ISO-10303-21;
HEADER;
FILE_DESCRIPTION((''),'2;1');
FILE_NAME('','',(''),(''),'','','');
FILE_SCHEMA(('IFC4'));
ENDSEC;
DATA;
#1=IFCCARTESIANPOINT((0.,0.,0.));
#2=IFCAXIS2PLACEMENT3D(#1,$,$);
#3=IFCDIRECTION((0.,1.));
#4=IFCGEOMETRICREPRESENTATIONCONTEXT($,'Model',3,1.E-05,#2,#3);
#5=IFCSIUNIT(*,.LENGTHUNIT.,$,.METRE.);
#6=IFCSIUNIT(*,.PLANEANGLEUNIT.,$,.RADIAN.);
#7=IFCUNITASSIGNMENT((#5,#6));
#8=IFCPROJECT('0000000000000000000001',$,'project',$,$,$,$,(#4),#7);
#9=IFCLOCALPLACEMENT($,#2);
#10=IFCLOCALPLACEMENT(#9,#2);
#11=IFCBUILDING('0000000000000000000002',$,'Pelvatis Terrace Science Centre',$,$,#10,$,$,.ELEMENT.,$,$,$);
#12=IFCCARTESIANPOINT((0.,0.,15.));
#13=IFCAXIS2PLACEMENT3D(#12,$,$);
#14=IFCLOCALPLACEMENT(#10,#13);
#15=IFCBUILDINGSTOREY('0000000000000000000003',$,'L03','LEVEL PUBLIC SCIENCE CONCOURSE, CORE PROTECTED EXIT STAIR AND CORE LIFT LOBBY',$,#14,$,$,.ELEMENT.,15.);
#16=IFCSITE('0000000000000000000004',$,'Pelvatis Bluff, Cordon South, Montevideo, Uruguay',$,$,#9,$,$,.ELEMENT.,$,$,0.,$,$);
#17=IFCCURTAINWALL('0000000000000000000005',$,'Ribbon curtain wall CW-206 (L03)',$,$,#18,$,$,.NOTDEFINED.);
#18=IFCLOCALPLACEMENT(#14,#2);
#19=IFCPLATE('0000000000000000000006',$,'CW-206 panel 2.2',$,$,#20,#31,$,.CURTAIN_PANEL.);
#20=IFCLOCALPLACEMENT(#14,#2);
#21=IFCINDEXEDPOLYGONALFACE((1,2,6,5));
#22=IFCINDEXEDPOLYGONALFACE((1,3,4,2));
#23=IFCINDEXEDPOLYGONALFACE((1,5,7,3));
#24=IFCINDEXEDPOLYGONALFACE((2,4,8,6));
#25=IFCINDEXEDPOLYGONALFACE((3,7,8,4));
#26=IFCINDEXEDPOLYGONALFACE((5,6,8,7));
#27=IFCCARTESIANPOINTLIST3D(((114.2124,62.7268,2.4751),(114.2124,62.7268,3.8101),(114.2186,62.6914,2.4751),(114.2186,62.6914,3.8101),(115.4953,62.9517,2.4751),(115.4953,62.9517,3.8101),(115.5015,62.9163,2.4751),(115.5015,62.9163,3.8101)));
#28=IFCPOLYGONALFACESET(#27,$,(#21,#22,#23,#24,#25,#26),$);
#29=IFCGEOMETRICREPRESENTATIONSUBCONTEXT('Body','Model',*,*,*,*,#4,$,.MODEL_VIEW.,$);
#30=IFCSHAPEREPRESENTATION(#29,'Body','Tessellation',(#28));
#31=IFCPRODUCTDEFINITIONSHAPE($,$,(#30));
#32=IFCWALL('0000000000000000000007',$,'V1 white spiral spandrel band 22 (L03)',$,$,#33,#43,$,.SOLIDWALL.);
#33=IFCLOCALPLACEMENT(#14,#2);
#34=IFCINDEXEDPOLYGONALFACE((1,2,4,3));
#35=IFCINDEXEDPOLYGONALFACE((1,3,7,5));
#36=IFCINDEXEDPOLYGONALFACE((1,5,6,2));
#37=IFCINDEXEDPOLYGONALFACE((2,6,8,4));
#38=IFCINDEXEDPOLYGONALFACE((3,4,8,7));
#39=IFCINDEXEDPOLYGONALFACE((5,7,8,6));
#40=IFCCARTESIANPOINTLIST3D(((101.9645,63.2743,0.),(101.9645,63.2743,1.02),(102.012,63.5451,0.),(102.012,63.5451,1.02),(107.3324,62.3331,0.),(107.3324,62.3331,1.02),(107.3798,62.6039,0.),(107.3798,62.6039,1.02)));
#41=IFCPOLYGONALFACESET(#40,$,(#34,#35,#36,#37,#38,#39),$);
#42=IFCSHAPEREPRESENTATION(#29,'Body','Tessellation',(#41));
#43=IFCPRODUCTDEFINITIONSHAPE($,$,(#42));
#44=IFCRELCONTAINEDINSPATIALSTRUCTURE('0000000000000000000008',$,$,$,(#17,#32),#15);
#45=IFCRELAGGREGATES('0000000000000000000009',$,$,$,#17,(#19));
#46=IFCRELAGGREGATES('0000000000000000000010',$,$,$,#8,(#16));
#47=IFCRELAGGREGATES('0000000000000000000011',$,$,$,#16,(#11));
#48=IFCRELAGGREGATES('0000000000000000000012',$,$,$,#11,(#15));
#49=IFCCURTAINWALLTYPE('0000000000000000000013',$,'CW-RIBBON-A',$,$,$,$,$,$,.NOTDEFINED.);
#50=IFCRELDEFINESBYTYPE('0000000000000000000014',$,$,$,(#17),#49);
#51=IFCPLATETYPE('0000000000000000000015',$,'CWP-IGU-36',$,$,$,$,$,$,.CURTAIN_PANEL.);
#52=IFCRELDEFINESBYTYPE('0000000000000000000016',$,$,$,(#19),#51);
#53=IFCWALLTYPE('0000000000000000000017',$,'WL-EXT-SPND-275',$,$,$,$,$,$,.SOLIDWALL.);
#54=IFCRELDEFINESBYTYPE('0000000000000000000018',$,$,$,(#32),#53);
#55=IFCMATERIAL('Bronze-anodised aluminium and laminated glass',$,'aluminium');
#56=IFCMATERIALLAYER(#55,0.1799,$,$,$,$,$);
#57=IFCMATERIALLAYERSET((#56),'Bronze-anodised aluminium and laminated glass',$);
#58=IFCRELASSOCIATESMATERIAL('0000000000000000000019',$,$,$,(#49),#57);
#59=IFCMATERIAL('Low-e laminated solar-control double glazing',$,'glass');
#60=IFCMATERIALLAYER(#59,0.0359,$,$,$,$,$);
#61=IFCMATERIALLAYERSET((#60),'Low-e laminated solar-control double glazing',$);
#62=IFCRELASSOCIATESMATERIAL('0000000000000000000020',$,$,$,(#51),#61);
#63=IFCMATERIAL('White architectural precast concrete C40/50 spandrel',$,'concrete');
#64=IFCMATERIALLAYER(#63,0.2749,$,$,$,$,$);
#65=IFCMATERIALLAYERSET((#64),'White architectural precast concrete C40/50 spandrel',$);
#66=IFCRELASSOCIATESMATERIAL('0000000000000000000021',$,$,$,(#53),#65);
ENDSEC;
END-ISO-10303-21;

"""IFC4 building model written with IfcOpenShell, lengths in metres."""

from ifc_helpers import new_model, si_unit, direction, frame, frame_2d, origin, origin_2d, place, context, subcontext, project, spatial, rectangle, extrude, material, layer, layer_set, type_object, element, aggregate, save


model = new_model("IFC4")

# Units and contexts
model_context = context("Model", 3, precision=1e-05, world=origin(), true_north=direction((0.0, 1.0)))
body_context = subcontext(model_context, "Body", "Model", "MODEL_VIEW")
ifc_project = project(units=[si_unit("LENGTHUNIT", "METRE"), si_unit("PLANEANGLEUNIT", "RADIAN")], contexts=[model_context])

# Site, building, storey
site_placement = place(None, origin())
site = spatial("IfcSite", under=ifc_project, at=site_placement, Name="Pelvatis Bluff, Cordon South, Montevideo, Uruguay", CompositionType="ELEMENT", RefElevation=0.0)
building_placement = place(site_placement, origin())
building = spatial("IfcBuilding", under=site, at=building_placement, Name="Pelvatis Terrace Science Centre", CompositionType="ELEMENT")
storey_placement = place(building_placement, frame((0.0, 0.0, 15.0)))
storey = spatial("IfcBuildingStorey", under=building, at=storey_placement, Name="L03", Description="LEVEL PUBLIC SCIENCE CONCOURSE, CORE PROTECTED EXIT STAIR AND CORE LIFT LOBBY", CompositionType="ELEMENT", Elevation=15.0)

# Shared definitions
ifc_material_1 = material(Name="Bronze-anodised aluminium and laminated glass", Category="aluminium")
ifc_layer_1 = layer(ifc_material_1, 0.1799)
ifc_layer_set_1 = layer_set([ifc_layer_1], Name="Bronze-anodised aluminium and laminated glass")
curtain_wall_type = type_object("IfcCurtainWallType", Name="CW-RIBBON-A", PredefinedType="NOTDEFINED", material=ifc_layer_set_1)

# Curtain wall
curtain_wall_1_placement = place(storey_placement, origin())
curtain_wall_1 = element("IfcCurtainWall", 1, at=curtain_wall_1_placement, inside=storey, type_object=curtain_wall_type, Name="Ribbon curtain wall CW-206 (L03)", PredefinedType="NOTDEFINED")

# Plate
ifc_material_2 = material(Name="Low-e laminated solar-control double glazing", Category="glass")
ifc_layer_2 = layer(ifc_material_2, 0.0359)
ifc_layer_set_2 = layer_set([ifc_layer_2], Name="Low-e laminated solar-control double glazing")
plate_type = type_object("IfcPlateType", Name="CWP-IGU-36", PredefinedType="CURTAIN_PANEL", material=ifc_layer_set_2)
plate_1_placement = place(storey_placement, frame((114.8569, 62.8215, 2.4751), z_axis=(0.0, 0.0, 1.0), x_axis=(0.984979, 0.172671, 0.0)))
plate_1 = element("IfcPlate", 2, at=plate_1_placement, type_object=plate_type, Name="CW-206 panel 2.2", PredefinedType="CURTAIN_PANEL", context=body_context, shape_type="SweptSolid", body=[
    extrude(rectangle(XDim=1.3025, YDim=0.0359, at=origin_2d()), origin(), (0.0, 0.0, 1.0), 1.335),
])
aggregate(curtain_wall_1, [plate_1])

# Wall
ifc_material_3 = material(Name="White architectural precast concrete C40/50 spandrel", Category="concrete")
ifc_layer_3 = layer(ifc_material_3, 0.2749)
ifc_layer_set_3 = layer_set([ifc_layer_3], Name="White architectural precast concrete C40/50 spandrel")
wall_type = type_object("IfcWallType", Name="WL-EXT-SPND-275", PredefinedType="SOLIDWALL", material=ifc_layer_set_3)
wall_placement = place(storey_placement, frame((101.9883, 63.4097, 0.0), z_axis=(0.0, 0.0, 1.0), x_axis=(0.984975, -0.172697, 0.0)))
element("IfcWall", 3, at=wall_placement, inside=storey, type_object=wall_type, Name="V1 white spiral spandrel band 22 (L03)", PredefinedType="SOLIDWALL", context=body_context, shape_type="SweptSolid", body=[
    extrude(rectangle(XDim=5.4497, YDim=0.2749, at=frame_2d((2.7249, 0.0))), origin(), (0.0, 0.0, 1.0), 1.02),
])

save(model, "model.ifc")
